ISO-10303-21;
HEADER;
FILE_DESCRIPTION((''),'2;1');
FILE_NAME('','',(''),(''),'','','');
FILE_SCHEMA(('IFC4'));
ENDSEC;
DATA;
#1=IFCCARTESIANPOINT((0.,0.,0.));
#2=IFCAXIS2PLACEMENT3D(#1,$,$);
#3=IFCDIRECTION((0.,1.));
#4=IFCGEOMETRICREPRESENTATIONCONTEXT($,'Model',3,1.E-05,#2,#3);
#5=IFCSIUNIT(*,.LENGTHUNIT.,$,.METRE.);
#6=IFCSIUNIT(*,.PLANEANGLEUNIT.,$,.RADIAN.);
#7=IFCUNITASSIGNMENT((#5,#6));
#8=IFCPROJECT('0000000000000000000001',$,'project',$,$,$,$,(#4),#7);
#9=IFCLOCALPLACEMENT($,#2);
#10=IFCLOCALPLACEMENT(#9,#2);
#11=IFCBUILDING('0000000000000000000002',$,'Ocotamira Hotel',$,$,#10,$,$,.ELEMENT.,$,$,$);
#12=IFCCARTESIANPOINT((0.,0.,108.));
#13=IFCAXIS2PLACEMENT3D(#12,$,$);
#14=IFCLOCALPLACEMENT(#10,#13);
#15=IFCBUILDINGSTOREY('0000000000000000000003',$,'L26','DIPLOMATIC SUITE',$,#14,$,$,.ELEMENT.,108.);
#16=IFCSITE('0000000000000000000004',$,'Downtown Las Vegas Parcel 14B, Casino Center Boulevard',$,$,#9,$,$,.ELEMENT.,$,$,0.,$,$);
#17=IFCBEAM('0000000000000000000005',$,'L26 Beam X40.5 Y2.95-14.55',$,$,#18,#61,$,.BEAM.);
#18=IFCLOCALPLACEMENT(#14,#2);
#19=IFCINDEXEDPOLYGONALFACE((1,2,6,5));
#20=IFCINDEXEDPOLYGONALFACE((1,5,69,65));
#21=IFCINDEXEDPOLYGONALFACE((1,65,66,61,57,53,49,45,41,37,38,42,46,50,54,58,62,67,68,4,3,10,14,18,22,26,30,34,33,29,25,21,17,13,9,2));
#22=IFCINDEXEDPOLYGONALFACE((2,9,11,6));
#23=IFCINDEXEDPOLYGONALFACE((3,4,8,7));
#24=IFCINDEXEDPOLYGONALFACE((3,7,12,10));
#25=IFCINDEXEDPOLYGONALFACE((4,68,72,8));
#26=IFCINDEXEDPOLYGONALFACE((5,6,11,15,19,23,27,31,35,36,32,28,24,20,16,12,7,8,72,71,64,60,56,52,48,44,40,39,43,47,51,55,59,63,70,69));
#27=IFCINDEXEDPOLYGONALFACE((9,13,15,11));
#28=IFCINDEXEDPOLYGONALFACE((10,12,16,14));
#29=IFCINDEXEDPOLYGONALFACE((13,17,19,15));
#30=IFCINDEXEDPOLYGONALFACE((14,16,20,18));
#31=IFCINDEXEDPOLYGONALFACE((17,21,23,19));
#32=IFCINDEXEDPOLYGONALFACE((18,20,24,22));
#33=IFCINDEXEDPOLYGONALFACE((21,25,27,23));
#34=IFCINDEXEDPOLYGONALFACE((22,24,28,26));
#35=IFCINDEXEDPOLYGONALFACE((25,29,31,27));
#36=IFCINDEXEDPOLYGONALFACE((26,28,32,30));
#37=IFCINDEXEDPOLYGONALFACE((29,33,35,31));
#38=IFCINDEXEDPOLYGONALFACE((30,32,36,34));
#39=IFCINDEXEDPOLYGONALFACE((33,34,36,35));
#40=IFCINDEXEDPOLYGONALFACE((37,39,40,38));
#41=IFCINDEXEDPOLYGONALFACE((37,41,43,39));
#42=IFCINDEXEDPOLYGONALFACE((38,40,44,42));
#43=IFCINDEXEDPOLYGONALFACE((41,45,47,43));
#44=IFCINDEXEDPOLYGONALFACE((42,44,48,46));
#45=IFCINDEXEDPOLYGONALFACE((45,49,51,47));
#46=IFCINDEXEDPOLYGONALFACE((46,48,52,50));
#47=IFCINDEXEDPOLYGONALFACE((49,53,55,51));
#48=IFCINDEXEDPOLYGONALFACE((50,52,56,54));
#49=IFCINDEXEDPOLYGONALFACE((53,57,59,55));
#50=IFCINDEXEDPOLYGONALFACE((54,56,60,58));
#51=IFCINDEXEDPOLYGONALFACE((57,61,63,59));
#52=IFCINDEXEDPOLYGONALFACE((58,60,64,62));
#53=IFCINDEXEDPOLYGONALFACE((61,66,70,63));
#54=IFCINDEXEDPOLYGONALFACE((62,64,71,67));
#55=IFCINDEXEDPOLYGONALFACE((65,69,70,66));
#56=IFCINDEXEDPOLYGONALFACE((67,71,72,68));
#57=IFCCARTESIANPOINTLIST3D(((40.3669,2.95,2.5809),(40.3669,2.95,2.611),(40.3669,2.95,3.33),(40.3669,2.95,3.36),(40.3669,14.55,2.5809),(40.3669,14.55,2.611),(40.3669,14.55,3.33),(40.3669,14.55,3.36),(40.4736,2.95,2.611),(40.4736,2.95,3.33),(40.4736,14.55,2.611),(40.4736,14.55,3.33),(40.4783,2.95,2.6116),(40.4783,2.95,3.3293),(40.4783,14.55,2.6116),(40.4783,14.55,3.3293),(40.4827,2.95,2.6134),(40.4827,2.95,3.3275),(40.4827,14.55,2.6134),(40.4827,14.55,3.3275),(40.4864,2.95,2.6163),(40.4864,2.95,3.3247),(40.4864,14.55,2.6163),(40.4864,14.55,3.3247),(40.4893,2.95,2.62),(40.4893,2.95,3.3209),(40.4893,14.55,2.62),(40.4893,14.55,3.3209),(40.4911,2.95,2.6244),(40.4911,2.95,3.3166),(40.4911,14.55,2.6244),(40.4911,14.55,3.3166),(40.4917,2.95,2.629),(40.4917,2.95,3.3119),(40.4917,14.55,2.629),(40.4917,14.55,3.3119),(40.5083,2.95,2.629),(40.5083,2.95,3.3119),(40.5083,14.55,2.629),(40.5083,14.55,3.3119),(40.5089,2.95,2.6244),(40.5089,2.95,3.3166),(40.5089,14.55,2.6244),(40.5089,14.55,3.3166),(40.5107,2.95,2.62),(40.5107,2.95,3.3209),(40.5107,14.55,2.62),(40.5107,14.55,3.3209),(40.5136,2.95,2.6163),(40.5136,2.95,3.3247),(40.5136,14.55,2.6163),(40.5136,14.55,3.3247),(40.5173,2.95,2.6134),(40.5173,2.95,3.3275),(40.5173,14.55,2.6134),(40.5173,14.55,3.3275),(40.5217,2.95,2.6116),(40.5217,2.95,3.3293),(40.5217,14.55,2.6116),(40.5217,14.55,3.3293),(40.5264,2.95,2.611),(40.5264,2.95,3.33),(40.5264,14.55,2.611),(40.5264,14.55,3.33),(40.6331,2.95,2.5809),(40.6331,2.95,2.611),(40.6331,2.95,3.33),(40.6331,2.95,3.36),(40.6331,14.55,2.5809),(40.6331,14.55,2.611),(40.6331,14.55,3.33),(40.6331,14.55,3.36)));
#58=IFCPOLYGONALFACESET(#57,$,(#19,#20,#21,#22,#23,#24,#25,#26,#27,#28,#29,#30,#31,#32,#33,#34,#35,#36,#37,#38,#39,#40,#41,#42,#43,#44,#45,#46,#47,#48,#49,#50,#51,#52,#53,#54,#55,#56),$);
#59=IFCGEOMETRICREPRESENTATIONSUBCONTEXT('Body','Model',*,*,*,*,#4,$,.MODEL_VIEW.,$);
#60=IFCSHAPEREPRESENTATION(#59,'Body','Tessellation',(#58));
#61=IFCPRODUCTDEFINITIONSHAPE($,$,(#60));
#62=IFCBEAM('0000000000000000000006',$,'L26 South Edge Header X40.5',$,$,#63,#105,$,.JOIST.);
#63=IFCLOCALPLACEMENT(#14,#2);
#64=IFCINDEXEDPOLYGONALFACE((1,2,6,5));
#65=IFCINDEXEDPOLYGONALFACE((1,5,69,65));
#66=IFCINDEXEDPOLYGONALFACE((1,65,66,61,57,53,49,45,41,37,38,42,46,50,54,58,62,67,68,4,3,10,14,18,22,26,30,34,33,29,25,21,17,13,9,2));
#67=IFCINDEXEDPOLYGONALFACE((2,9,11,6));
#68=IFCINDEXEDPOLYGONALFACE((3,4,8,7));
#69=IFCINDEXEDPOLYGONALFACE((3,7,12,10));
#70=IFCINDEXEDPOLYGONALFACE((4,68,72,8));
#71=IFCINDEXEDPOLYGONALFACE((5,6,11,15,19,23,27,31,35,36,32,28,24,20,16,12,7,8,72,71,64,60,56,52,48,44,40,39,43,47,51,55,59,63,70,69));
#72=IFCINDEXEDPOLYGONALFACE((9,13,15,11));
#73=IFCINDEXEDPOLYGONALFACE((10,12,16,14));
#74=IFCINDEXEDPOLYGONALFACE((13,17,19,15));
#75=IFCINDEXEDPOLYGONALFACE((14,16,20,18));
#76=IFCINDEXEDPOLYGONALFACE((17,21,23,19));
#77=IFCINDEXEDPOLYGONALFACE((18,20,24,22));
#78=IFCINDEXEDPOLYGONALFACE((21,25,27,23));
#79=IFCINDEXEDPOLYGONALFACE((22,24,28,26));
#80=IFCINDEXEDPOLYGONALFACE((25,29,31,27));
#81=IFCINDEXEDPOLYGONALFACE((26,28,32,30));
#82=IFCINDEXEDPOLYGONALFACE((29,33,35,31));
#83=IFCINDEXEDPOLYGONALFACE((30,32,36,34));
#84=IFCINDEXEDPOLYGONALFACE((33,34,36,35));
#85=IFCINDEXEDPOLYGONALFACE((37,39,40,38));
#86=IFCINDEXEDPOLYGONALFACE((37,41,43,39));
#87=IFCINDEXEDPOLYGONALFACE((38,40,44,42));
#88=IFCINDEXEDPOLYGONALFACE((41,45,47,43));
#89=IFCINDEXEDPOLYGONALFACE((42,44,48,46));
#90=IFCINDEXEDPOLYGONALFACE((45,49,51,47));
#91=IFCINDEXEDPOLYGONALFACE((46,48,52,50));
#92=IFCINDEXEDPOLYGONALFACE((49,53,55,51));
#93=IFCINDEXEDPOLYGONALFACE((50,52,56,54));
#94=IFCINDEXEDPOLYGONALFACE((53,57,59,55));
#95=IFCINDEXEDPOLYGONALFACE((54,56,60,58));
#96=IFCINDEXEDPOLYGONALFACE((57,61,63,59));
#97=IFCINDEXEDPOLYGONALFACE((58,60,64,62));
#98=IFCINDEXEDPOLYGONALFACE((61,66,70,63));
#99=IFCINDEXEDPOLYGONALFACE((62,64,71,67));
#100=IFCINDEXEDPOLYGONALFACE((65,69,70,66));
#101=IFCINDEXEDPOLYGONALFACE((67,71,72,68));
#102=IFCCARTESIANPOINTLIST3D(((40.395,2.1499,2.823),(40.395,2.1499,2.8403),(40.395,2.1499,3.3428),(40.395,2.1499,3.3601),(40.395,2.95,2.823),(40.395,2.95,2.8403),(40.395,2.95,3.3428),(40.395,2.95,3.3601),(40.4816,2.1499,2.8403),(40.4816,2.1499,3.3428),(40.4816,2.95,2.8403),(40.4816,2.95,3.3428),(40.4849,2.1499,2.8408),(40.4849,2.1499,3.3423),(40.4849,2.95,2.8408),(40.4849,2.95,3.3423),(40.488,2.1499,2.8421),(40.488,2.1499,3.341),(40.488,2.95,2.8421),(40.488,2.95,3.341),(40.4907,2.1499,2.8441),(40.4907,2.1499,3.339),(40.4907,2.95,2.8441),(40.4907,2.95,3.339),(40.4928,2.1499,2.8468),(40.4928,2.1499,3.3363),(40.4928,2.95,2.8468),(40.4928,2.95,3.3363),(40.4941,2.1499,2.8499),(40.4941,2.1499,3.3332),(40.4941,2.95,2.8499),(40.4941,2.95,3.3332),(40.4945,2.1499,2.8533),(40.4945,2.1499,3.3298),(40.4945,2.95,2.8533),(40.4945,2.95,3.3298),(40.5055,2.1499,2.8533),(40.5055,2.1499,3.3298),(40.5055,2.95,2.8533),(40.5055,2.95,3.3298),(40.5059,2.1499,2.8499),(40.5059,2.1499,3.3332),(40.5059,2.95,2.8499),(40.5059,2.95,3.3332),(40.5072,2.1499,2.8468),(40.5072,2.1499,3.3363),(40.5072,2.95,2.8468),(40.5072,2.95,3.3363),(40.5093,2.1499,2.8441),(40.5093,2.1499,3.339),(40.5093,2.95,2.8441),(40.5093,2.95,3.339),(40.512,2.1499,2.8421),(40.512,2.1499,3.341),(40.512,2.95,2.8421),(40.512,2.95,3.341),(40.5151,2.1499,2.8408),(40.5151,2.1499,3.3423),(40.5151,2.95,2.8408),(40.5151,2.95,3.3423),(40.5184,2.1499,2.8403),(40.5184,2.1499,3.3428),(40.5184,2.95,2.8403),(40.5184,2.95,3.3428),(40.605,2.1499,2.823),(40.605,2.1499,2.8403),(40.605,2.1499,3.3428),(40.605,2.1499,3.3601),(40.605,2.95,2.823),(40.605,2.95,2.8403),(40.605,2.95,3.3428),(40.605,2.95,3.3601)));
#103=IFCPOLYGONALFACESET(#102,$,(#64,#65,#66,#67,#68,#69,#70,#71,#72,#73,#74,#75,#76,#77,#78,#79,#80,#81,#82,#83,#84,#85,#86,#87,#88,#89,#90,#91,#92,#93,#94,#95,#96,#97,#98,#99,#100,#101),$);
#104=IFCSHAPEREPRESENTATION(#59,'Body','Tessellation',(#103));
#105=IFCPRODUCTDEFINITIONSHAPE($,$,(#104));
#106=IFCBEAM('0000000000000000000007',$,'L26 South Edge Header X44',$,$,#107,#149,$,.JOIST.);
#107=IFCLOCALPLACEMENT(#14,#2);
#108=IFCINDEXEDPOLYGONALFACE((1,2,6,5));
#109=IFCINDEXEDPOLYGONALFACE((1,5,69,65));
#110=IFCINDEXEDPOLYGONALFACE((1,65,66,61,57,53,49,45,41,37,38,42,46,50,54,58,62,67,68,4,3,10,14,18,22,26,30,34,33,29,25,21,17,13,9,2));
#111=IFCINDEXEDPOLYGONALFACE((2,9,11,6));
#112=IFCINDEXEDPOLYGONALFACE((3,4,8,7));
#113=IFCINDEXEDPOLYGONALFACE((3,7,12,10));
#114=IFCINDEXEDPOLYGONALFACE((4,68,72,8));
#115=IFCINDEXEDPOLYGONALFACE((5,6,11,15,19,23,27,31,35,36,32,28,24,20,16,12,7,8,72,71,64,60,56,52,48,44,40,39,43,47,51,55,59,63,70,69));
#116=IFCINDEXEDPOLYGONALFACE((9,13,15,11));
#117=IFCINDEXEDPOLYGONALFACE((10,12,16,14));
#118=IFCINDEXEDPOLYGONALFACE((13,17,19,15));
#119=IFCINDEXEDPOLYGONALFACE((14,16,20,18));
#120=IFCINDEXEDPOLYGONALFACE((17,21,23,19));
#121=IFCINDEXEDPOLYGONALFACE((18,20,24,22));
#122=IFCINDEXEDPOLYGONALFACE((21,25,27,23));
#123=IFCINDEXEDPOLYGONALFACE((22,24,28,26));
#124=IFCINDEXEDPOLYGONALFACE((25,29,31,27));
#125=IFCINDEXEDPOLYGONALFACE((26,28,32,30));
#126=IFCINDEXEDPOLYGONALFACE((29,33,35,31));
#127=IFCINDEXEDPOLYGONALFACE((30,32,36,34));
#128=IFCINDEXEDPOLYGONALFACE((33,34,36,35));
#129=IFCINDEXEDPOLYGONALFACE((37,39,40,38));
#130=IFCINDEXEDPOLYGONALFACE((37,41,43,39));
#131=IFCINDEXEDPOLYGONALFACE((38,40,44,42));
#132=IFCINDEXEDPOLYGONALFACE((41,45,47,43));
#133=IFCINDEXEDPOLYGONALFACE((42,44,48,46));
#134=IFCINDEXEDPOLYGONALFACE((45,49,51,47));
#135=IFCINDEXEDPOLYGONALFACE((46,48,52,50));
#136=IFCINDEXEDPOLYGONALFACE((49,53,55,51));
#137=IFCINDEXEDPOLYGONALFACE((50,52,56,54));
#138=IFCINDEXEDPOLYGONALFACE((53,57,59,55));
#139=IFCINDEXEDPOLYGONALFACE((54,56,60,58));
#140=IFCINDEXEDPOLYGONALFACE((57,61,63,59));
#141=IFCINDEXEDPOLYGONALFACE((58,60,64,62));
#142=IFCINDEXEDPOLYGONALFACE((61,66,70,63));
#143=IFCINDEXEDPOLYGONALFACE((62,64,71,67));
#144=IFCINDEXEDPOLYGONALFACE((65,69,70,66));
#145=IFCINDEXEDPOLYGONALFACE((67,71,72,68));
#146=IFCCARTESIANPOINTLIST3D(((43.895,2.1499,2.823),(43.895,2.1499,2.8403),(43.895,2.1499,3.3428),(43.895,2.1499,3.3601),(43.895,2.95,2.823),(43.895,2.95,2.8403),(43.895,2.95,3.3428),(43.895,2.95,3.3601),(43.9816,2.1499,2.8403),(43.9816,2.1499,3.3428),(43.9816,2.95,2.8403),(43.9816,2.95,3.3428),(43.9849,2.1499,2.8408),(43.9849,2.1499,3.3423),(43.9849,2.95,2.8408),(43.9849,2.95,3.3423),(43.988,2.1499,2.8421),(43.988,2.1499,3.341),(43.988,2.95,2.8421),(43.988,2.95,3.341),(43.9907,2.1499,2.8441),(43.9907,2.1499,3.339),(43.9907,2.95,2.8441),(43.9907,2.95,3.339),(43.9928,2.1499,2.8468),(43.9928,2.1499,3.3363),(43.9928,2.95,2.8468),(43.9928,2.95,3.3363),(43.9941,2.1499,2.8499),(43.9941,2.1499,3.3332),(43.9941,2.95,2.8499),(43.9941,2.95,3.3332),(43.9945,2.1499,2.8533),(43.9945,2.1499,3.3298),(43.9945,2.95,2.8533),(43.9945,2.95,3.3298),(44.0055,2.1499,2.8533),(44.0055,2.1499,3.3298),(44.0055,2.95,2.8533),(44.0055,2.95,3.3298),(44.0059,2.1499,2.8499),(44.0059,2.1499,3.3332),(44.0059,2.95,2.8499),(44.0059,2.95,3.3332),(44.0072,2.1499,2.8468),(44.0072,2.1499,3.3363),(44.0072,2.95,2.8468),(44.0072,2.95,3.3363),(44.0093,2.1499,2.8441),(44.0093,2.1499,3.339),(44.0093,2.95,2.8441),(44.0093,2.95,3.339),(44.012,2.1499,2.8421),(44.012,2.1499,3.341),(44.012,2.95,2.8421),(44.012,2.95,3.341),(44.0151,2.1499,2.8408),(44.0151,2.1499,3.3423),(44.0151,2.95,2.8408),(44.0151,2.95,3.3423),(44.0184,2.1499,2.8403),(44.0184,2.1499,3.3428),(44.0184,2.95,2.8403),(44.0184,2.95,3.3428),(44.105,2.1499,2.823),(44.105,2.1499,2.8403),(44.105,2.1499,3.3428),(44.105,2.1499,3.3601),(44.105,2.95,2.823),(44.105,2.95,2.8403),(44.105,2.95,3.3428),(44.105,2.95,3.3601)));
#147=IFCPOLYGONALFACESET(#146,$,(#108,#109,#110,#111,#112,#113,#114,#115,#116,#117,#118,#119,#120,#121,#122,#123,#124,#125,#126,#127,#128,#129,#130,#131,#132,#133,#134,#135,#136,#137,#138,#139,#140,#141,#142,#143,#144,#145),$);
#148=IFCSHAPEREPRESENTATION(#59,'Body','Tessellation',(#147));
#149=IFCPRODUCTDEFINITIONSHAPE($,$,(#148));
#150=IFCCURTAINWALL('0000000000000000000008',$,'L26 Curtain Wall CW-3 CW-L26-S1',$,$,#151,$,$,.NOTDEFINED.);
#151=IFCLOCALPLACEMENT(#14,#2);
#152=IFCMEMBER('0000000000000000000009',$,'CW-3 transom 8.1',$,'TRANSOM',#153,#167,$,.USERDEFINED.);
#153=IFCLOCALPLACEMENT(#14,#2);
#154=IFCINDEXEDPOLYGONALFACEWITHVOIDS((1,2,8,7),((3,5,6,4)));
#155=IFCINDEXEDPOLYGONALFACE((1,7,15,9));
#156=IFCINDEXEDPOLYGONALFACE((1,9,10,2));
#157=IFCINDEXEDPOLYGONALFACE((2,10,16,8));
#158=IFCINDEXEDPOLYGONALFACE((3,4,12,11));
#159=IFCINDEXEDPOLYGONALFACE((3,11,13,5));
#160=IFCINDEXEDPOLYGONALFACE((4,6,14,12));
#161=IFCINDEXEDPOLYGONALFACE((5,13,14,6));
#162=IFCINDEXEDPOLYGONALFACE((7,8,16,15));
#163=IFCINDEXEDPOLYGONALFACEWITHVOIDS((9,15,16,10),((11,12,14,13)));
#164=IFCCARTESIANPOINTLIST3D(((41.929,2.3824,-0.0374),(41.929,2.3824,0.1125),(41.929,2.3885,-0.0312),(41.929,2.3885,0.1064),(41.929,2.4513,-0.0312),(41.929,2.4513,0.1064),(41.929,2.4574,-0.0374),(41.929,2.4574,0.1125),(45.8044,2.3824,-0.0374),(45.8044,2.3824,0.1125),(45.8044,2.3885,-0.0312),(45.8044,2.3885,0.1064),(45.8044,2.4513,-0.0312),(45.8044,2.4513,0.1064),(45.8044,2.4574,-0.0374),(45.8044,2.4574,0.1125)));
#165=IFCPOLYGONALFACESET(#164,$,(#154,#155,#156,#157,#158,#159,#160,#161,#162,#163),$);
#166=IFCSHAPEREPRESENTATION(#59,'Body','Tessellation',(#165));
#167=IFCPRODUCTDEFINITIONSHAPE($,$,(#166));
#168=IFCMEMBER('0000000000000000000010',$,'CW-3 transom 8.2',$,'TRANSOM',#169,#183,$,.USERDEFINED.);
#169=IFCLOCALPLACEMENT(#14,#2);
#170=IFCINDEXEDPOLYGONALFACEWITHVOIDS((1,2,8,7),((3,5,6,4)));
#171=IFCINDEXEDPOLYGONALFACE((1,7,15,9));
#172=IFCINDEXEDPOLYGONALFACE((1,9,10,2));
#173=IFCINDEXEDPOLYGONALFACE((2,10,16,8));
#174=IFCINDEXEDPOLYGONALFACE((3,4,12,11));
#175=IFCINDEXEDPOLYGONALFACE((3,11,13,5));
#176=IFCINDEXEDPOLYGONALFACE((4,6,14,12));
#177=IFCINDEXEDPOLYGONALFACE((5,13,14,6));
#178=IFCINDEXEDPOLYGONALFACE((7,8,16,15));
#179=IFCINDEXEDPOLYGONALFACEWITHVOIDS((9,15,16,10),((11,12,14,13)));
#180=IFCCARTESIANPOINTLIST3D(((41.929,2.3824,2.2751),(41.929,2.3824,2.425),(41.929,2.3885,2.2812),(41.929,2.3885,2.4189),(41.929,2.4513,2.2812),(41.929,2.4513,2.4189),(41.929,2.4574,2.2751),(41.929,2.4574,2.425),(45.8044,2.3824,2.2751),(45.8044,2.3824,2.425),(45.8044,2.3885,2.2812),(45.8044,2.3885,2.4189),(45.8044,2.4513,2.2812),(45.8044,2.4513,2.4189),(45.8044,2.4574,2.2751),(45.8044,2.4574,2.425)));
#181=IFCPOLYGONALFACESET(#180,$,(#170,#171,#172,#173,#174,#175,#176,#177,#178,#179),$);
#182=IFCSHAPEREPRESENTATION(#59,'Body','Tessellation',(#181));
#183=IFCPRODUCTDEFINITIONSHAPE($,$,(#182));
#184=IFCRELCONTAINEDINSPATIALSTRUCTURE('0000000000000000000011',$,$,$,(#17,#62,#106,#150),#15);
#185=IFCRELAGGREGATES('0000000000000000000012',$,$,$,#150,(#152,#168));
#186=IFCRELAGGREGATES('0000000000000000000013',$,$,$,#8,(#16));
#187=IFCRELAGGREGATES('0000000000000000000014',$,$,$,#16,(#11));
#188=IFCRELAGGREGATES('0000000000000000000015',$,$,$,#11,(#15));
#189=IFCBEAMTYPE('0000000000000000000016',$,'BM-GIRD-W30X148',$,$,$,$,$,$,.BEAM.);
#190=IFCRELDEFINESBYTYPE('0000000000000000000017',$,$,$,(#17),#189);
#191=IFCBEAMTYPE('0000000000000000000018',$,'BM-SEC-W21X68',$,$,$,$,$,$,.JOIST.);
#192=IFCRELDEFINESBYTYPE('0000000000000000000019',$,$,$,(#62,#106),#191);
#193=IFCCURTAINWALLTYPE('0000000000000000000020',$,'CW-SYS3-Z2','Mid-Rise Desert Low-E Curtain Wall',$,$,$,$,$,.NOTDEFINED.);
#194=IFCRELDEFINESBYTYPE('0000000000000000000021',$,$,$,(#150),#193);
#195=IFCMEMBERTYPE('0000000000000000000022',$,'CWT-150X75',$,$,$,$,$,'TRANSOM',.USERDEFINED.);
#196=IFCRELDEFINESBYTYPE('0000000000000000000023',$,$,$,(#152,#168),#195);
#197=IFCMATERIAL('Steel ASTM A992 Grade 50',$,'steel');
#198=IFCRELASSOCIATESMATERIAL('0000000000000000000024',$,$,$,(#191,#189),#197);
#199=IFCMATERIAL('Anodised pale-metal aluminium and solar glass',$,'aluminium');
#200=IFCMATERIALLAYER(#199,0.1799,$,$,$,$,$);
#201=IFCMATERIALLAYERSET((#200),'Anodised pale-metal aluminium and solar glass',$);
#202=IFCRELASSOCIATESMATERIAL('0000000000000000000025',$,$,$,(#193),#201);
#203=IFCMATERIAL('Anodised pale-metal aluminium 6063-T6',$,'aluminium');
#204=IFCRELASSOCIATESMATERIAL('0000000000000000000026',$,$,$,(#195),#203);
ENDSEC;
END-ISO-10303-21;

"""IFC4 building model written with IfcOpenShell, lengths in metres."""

from ifc_helpers import new_model, si_unit, direction, frame, origin, origin_2d, place, context, subcontext, project, spatial, hollow_rectangle, i_section, extrude, source, transform, mapped, material, layer, layer_set, material_profile, profile_set, type_object, element, aggregate, save


model = new_model("IFC4")

# Units and contexts
model_context = context("Model", 3, precision=1e-05, world=origin(), true_north=direction((0.0, 1.0)))
body_context = subcontext(model_context, "Body", "Model", "MODEL_VIEW")
ifc_project = project(units=[si_unit("LENGTHUNIT", "METRE"), si_unit("PLANEANGLEUNIT", "RADIAN")], contexts=[model_context])

# Site, building, storey
site_placement = place(None, origin())
site = spatial("IfcSite", under=ifc_project, at=site_placement, Name="Downtown Las Vegas Parcel 14B, Casino Center Boulevard", CompositionType="ELEMENT", RefElevation=0.0)
building_placement = place(site_placement, origin())
building = spatial("IfcBuilding", under=site, at=building_placement, Name="Ocotamira Hotel", CompositionType="ELEMENT")
storey_placement = place(building_placement, frame((0.0, 0.0, 108.0)))
storey = spatial("IfcBuildingStorey", under=building, at=storey_placement, Name="L26", Description="DIPLOMATIC SUITE", CompositionType="ELEMENT", Elevation=108.0)

# Beams
ifc_material_1 = material(Name="Steel ASTM A992 Grade 50", Category="steel")
ifc_material_profile_1 = material_profile(ifc_material_1, i_section(OverallWidth=0.21, OverallDepth=0.5371, WebThickness=0.011, FlangeThickness=0.0173, FilletRadius=0.0129, at=origin_2d()), Name="W21X68")
ifc_profile_set_1 = profile_set([ifc_material_profile_1], Name="Steel ASTM A992 Grade 50")
beam_type_1 = type_object("IfcBeamType", Name="BM-SEC-W21X68", PredefinedType="JOIST", material=ifc_profile_set_1)
ifc_material_profile_2 = material_profile(ifc_material_1, i_section(OverallWidth=0.2661, OverallDepth=0.7791, WebThickness=0.0166, FlangeThickness=0.03, FilletRadius=0.0181, at=origin_2d()), Name="W30X148")
ifc_profile_set_2 = profile_set([ifc_material_profile_2], Name="Steel ASTM A992 Grade 50")
beam_type_2 = type_object("IfcBeamType", Name="BM-GIRD-W30X148", PredefinedType="BEAM", material=ifc_profile_set_2)
shared_shape_1 = source(origin(), body_context, "Body", "SweptSolid", [
    extrude(i_section(OverallWidth=0.2661, OverallDepth=0.7791, WebThickness=0.0166, FlangeThickness=0.03, FilletRadius=0.0181, at=origin_2d()), origin(), (0.0, 0.0, 1.0), 11.6001),
])
beam_1_placement = place(storey_placement, frame((40.5, 2.95, 2.9705), z_axis=(0.0, 1.0, 0.0), x_axis=(-1.0, 0.0, 0.0)))
element("IfcBeam", 1, at=beam_1_placement, inside=storey, type_object=beam_type_2, Name="L26 Beam X40.5 Y2.95-14.55", PredefinedType="BEAM", context=body_context, shape_type="MappedRepresentation", body=[
    mapped(shared_shape_1, transform((0.0, 0.0, 0.0), scale=1.0)),
])
shared_shape_2 = source(origin(), body_context, "Body", "SweptSolid", [
    extrude(i_section(OverallWidth=0.21, OverallDepth=0.5371, WebThickness=0.011, FlangeThickness=0.0173, FilletRadius=0.0129, at=origin_2d()), origin(), (0.0, 0.0, 1.0), 0.8),
])
for number, where, z_axis, x_axis, name in (
    (2, (40.5, 2.95, 3.0916), (0.0, -1.0, 0.0), (1.0, 0.0, 0.0), "L26 South Edge Header X40.5"),
    (3, (44.0, 2.95, 3.0916), (0.0, -1.0, 0.0), (1.0, 0.0, 0.0), "L26 South Edge Header X44"),
):
    element("IfcBeam", number, at=place(storey_placement, frame(where, z_axis=z_axis, x_axis=x_axis)), inside=storey, type_object=beam_type_1, Name=name, PredefinedType="JOIST", context=body_context, shape_type="MappedRepresentation", body=[
        mapped(shared_shape_2, transform((0.0, 0.0, 0.0), scale=1.0)),
    ])

# Curtain wall, members
ifc_material_2 = material(Name="Anodised pale-metal aluminium and solar glass", Category="aluminium")
ifc_layer_1 = layer(ifc_material_2, 0.1799)
ifc_layer_set_1 = layer_set([ifc_layer_1], Name="Anodised pale-metal aluminium and solar glass")
curtain_wall_type = type_object("IfcCurtainWallType", Name="CW-SYS3-Z2", Description="Mid-Rise Desert Low-E Curtain Wall", PredefinedType="NOTDEFINED", material=ifc_layer_set_1)
curtain_wall_placement = place(storey_placement, origin())
curtain_wall = element("IfcCurtainWall", 4, at=curtain_wall_placement, inside=storey, type_object=curtain_wall_type, Name="L26 Curtain Wall CW-3 CW-L26-S1", PredefinedType="NOTDEFINED")
ifc_material_3 = material(Name="Anodised pale-metal aluminium 6063-T6", Category="aluminium")
ifc_material_profile_3 = material_profile(ifc_material_3, hollow_rectangle(XDim=0.075, YDim=0.1499, WallThickness=0.0061, at=origin_2d()), Name="HSS150X75X6")
ifc_profile_set_3 = profile_set([ifc_material_profile_3], Name="Anodised pale-metal aluminium 6063-T6")
member_type_1 = type_object("IfcMemberType", Name="CWT-150X75", ElementType="TRANSOM", PredefinedType="USERDEFINED", material=ifc_profile_set_3)
shared_shape_3 = source(origin(), body_context, "Body", "SweptSolid", [
    extrude(hollow_rectangle(XDim=0.075, YDim=0.1499, WallThickness=0.0061, at=origin_2d()), origin(), (0.0, 0.0, 1.0), 3.8755),
])
member_1_placement = place(storey_placement, frame((41.929, 2.4199, 0.0376), z_axis=(1.0, 0.0, 0.0), x_axis=(0.0, 1.0, 0.0)))
member_1 = element("IfcMember", 5, at=member_1_placement, type_object=member_type_1, Name="CW-3 transom 8.1", ObjectType="TRANSOM", PredefinedType="USERDEFINED", context=body_context, shape_type="MappedRepresentation", body=[
    mapped(shared_shape_3, transform((0.0, 0.0, 0.0), scale=1.0)),
])
member_2_placement = place(storey_placement, frame((41.929, 2.4199, 2.3501), z_axis=(1.0, 0.0, 0.0), x_axis=(0.0, 1.0, 0.0)))
member_2 = element("IfcMember", 6, at=member_2_placement, type_object=member_type_1, Name="CW-3 transom 8.2", ObjectType="TRANSOM", PredefinedType="USERDEFINED", context=body_context, shape_type="MappedRepresentation", body=[
    mapped(shared_shape_3, transform((0.0, 0.0, 0.0), scale=1.0)),
])
aggregate(curtain_wall, [member_1, member_2])

save(model, "model.ifc")
